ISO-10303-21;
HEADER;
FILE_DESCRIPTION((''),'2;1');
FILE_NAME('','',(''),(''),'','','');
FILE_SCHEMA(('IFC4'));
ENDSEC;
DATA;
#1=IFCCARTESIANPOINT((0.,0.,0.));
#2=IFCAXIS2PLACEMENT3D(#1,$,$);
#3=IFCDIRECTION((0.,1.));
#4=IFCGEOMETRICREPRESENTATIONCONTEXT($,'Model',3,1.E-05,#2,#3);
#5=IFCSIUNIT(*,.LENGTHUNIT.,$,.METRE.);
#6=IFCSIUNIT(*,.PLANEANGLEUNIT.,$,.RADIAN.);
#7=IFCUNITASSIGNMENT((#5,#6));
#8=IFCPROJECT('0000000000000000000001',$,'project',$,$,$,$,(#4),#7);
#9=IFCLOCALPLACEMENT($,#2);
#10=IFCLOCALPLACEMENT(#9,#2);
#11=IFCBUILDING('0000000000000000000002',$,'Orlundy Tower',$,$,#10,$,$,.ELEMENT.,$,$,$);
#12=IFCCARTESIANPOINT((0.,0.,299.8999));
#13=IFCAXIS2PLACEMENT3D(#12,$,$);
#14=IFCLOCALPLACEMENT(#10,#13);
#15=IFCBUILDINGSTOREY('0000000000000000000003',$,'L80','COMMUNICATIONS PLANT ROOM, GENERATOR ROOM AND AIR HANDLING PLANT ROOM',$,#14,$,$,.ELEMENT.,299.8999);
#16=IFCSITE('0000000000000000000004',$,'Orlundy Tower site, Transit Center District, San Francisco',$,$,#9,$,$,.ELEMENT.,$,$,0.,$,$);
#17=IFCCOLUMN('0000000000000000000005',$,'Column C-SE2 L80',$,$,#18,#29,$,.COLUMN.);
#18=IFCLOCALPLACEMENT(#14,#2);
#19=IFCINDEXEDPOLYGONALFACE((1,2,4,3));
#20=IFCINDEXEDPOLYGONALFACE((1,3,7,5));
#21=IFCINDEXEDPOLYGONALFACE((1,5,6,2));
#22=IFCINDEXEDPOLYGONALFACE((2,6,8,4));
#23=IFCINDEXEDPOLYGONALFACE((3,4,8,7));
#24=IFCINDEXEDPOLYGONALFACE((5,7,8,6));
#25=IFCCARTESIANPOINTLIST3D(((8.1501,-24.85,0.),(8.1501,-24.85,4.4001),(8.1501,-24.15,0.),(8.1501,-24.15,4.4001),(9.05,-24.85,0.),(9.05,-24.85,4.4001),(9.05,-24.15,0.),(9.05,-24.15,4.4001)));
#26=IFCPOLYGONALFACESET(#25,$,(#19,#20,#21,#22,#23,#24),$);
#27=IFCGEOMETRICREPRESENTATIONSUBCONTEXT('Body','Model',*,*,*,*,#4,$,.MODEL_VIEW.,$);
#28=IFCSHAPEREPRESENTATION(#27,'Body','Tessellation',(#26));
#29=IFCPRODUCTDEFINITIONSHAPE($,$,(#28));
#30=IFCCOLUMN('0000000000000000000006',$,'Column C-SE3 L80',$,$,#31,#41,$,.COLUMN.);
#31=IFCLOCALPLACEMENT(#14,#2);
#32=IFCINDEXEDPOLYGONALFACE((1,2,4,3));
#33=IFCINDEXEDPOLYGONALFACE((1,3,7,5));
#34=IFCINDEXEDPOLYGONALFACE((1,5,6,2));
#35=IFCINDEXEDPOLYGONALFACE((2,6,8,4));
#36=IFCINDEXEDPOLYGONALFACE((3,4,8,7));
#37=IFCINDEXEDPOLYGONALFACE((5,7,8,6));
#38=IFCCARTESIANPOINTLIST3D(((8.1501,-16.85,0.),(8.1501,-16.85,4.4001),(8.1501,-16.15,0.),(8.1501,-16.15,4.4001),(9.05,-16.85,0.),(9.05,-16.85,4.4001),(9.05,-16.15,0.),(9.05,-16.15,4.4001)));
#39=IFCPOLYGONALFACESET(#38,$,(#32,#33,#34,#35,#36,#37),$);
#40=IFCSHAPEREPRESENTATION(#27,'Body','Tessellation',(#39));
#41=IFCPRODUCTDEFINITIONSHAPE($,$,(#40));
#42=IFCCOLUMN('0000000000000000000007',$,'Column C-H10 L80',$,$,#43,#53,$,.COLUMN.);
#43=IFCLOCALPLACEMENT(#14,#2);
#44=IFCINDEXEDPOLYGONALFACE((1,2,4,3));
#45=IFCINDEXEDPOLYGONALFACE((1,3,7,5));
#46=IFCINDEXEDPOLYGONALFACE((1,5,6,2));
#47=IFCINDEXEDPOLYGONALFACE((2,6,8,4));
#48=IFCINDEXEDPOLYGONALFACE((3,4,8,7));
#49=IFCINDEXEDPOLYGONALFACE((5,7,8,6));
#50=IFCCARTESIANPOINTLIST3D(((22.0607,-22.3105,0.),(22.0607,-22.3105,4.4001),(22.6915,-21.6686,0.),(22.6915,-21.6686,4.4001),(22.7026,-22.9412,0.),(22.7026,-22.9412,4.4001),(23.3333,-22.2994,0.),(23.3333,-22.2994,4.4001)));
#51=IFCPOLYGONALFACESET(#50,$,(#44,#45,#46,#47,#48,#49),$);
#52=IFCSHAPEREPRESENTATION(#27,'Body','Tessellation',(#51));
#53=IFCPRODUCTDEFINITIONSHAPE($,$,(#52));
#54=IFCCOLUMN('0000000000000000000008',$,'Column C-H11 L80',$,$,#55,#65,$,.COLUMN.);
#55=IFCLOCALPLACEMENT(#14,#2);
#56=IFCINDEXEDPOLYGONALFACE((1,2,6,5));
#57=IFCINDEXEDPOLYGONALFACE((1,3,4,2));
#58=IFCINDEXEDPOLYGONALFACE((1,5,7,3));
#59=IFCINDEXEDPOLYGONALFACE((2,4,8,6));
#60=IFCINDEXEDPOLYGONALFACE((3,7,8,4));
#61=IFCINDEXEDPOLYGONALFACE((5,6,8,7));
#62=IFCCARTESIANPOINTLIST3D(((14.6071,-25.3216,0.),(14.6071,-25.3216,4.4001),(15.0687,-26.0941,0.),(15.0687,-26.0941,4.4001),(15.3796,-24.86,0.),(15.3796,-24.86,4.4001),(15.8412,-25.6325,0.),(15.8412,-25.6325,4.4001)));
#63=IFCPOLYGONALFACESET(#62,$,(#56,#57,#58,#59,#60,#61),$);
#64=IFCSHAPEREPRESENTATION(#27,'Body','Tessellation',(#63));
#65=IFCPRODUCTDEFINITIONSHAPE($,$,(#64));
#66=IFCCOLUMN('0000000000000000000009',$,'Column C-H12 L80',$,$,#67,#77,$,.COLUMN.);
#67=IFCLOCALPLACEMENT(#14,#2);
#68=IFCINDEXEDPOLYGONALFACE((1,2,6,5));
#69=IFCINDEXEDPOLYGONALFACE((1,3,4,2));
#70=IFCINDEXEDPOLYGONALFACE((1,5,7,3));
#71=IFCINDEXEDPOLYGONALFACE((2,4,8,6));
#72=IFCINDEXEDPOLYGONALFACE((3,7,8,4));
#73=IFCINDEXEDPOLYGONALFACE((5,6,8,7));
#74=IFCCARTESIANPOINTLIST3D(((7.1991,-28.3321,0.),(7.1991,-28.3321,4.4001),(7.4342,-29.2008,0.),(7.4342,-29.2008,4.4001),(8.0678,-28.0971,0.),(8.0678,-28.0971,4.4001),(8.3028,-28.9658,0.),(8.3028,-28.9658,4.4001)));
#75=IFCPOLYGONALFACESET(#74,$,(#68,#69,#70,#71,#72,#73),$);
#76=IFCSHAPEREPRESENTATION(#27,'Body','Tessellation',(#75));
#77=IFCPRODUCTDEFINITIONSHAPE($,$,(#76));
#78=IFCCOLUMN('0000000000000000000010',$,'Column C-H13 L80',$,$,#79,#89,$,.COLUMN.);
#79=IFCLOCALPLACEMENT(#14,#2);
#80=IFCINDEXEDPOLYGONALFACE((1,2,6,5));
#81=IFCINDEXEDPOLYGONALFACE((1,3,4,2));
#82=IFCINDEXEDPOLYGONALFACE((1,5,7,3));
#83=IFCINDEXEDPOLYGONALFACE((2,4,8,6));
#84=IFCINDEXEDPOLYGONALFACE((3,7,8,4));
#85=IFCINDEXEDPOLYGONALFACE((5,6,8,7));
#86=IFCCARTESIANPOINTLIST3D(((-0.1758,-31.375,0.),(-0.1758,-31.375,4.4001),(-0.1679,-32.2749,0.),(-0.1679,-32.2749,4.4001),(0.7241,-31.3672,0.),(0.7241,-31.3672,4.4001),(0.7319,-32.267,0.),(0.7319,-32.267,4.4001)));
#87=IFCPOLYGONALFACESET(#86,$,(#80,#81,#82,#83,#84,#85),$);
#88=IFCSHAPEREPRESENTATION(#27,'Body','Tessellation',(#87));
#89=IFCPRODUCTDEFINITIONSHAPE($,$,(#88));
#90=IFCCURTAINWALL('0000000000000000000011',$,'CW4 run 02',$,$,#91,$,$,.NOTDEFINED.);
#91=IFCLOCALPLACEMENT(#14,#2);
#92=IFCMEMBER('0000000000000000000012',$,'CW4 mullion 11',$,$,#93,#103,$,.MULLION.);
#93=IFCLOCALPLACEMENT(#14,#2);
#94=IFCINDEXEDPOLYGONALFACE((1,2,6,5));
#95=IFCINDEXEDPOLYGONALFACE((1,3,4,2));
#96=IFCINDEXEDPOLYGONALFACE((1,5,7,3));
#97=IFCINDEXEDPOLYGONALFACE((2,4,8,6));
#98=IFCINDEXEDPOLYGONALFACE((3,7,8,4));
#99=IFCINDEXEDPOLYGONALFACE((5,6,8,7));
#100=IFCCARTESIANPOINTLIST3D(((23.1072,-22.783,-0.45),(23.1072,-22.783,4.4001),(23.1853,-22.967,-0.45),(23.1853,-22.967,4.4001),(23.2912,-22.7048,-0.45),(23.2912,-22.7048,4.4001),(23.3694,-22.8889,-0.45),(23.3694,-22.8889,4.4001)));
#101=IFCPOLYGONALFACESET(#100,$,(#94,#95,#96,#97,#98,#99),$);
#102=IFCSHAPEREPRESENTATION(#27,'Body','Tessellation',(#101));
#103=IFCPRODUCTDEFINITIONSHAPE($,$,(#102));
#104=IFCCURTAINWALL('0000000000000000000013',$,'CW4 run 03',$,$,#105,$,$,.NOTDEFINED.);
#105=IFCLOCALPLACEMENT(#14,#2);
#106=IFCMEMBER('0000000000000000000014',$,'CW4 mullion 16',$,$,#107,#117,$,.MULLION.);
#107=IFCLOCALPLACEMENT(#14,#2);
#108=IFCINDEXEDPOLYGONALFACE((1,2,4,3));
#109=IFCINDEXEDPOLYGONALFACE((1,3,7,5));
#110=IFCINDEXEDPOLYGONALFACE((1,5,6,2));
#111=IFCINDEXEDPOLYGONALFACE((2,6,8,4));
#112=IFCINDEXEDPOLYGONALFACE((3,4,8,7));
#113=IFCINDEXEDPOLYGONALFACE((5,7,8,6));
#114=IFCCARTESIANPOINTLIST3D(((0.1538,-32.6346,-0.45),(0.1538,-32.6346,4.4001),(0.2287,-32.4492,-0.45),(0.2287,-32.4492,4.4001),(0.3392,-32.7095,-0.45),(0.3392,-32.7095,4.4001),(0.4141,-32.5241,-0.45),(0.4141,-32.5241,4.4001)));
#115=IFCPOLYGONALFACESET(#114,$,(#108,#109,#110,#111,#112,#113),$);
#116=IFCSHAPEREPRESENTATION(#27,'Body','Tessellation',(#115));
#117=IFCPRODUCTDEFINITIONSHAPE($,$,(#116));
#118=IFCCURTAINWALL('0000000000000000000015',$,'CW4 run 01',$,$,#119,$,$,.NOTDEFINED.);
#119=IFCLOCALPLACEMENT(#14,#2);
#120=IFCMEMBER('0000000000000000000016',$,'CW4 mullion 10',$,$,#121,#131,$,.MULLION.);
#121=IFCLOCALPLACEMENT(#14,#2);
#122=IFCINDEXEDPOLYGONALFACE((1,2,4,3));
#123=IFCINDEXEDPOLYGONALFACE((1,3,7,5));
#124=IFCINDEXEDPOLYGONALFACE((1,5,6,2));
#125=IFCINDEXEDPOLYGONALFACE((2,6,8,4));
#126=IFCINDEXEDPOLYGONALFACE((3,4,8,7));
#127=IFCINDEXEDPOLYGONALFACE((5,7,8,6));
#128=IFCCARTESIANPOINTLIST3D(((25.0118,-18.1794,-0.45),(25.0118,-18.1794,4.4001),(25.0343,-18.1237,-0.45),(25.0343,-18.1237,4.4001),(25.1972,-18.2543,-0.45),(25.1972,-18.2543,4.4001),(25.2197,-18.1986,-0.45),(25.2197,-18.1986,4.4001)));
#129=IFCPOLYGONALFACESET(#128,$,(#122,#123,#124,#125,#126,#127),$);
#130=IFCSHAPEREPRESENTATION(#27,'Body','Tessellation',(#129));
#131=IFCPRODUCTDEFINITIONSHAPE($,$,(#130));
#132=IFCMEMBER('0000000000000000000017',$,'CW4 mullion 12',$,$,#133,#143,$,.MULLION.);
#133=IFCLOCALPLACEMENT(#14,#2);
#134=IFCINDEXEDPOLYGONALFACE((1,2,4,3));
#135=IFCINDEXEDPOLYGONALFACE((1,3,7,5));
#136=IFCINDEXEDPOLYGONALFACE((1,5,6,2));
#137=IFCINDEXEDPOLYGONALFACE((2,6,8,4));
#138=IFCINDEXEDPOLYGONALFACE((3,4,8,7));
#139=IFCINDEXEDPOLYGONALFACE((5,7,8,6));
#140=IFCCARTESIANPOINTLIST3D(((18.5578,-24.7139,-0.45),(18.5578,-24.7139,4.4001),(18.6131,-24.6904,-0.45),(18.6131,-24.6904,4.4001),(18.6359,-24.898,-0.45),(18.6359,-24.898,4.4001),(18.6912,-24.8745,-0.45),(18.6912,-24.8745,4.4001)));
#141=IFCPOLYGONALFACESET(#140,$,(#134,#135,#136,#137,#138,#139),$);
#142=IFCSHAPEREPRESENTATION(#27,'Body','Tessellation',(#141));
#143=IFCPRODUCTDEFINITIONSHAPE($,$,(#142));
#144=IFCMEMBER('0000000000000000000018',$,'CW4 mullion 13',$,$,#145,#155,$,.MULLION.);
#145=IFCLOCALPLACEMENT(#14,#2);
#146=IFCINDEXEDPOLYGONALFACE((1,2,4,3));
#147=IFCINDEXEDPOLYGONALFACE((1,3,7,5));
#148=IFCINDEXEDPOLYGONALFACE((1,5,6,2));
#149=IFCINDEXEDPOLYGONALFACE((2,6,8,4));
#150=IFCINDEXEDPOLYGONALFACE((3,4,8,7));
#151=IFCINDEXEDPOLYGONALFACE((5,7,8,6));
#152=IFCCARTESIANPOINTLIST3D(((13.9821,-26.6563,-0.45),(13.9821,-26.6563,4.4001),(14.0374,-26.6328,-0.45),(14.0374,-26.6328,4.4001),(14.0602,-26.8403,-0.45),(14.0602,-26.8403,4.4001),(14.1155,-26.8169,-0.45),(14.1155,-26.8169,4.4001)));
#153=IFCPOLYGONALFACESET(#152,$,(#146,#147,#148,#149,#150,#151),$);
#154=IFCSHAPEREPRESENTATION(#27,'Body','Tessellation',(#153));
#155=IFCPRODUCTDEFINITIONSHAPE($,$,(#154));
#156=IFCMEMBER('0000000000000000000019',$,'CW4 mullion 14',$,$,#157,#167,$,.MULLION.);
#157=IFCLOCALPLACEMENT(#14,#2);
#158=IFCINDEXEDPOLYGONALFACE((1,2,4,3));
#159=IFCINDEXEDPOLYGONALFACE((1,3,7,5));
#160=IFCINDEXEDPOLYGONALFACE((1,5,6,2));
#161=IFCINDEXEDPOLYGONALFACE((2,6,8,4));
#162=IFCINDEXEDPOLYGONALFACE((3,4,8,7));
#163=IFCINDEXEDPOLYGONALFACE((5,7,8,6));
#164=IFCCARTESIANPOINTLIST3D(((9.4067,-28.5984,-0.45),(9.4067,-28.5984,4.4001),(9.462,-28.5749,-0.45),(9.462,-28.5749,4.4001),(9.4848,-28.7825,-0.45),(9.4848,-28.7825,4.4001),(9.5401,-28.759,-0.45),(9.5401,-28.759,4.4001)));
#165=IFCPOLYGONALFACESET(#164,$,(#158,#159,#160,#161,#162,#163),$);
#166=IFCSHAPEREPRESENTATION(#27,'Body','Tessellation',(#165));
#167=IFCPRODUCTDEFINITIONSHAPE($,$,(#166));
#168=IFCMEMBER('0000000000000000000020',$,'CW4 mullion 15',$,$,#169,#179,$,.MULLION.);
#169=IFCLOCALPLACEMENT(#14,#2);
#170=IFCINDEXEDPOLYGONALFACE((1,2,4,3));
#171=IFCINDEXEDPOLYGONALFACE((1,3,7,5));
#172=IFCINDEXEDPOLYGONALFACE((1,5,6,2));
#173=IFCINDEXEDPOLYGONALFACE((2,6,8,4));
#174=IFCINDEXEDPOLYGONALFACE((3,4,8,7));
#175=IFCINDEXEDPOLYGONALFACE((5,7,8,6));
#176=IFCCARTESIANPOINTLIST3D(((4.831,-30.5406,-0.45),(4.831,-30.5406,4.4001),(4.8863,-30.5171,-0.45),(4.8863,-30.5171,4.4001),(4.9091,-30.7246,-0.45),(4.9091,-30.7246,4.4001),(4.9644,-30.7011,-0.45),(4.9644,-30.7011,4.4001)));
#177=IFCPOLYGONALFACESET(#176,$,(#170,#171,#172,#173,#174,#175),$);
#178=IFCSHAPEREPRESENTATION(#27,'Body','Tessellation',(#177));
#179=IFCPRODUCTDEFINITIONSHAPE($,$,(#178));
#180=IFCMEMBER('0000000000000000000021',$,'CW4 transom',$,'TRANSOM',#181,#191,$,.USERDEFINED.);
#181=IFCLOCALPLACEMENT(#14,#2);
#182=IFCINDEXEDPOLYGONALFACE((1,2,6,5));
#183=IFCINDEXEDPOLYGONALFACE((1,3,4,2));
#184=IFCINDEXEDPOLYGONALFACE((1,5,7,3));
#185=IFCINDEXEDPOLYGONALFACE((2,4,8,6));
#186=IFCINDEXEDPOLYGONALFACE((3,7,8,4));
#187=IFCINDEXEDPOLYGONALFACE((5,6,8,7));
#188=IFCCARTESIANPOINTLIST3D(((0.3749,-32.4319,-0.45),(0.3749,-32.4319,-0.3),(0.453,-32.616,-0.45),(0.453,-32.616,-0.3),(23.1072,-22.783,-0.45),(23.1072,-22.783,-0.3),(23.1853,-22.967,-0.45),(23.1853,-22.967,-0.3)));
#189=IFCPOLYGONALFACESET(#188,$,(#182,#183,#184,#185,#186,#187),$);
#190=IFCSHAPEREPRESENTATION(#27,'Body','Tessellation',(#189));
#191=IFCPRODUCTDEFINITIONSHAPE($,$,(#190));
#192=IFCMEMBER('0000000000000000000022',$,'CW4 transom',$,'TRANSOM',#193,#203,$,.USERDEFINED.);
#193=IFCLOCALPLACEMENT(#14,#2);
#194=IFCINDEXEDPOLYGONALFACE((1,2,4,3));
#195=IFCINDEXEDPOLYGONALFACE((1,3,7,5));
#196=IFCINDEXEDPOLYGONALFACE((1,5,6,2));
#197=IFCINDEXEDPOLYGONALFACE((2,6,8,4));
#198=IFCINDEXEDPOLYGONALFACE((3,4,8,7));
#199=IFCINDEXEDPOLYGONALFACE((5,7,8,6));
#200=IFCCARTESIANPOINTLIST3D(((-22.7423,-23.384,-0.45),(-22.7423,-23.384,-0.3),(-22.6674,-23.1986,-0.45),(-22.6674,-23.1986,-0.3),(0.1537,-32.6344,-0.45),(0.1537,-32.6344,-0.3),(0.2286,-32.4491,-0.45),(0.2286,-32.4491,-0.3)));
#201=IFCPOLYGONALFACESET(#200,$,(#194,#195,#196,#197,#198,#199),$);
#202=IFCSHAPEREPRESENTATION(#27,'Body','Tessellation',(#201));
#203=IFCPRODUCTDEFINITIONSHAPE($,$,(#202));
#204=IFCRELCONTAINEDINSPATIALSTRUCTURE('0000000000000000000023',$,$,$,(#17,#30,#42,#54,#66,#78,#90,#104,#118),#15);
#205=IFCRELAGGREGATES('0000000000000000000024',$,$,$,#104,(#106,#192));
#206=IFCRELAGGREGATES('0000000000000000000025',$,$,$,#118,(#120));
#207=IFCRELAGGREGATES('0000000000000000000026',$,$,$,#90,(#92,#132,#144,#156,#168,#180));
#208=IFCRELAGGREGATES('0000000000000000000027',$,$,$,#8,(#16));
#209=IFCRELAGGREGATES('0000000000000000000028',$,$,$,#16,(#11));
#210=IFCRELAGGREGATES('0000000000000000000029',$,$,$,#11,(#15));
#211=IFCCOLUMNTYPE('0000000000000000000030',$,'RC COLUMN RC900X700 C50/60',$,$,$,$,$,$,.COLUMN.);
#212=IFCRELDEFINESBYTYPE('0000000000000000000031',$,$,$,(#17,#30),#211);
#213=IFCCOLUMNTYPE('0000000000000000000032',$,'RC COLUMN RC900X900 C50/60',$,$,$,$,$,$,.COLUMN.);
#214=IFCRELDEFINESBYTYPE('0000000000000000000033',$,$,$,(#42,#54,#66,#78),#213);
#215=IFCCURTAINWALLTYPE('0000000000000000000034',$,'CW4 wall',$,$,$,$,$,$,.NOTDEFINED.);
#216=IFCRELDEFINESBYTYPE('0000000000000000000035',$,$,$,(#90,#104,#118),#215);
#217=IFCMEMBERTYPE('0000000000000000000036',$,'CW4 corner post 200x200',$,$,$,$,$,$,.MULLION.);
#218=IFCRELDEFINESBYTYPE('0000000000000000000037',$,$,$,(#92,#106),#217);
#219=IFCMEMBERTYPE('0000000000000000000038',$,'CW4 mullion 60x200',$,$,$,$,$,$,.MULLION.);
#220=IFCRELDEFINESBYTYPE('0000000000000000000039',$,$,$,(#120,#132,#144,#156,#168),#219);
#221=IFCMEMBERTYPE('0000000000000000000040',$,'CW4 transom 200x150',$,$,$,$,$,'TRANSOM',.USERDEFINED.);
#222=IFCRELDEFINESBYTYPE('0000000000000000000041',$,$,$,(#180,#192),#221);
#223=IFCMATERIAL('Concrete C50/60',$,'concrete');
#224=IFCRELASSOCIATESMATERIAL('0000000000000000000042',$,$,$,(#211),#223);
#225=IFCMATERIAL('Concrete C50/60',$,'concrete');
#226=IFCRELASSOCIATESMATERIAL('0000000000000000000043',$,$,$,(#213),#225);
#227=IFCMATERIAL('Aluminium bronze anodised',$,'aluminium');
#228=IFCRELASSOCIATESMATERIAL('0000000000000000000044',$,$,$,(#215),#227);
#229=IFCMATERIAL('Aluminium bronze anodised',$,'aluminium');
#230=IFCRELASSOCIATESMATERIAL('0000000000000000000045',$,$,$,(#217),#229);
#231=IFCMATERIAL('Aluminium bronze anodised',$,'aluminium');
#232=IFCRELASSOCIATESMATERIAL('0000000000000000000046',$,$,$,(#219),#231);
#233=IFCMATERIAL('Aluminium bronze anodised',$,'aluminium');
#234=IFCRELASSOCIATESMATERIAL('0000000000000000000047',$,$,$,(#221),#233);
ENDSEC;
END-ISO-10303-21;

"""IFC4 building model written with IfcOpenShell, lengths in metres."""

from ifc_helpers import new_model, si_unit, direction, frame, origin, origin_2d, place, context, subcontext, project, spatial, rectangle, extrude, material, material_profile, profile_set, type_object, element, aggregate, save


model = new_model("IFC4")

# Units and contexts
model_context = context("Model", 3, precision=1e-05, world=origin(), true_north=direction((0.0, 1.0)))
body_context = subcontext(model_context, "Body", "Model", "MODEL_VIEW")
ifc_project = project(units=[si_unit("LENGTHUNIT", "METRE"), si_unit("PLANEANGLEUNIT", "RADIAN")], contexts=[model_context])

# Site, building, storey
site_placement = place(None, origin())
site = spatial("IfcSite", under=ifc_project, at=site_placement, Name="Orlundy Tower site, Transit Center District, San Francisco", CompositionType="ELEMENT", RefElevation=0.0)
building_placement = place(site_placement, origin())
building = spatial("IfcBuilding", under=site, at=building_placement, Name="Orlundy Tower", CompositionType="ELEMENT")
storey_placement = place(building_placement, frame((0.0, 0.0, 299.8999)))
storey = spatial("IfcBuildingStorey", under=building, at=storey_placement, Name="L80", Description="COMMUNICATIONS PLANT ROOM, GENERATOR ROOM AND AIR HANDLING PLANT ROOM", CompositionType="ELEMENT", Elevation=299.8999)

# Columns
ifc_material_1 = material(Name="Concrete C50/60", Category="concrete")
ifc_material_profile_1 = material_profile(ifc_material_1, rectangle(XDim=0.8999, YDim=0.7, at=origin_2d()), Name="RC900X700")
ifc_profile_set_1 = profile_set([ifc_material_profile_1], Name="Concrete C50/60")
column_type_1 = type_object("IfcColumnType", Name="RC COLUMN RC900X700 C50/60", PredefinedType="COLUMN", material=ifc_profile_set_1)
for number, where, z_axis, x_axis, name in (
    (1, (8.6001, -24.5, 0.0), (0.0, 0.0, 1.0), (1.0, 0.0, 0.0), "Column C-SE2 L80"),
    (2, (8.6001, -16.5, 0.0), (0.0, 0.0, 1.0), (1.0, 0.0, 0.0), "Column C-SE3 L80"),
):
    element("IfcColumn", number, at=place(storey_placement, frame(where, z_axis=z_axis, x_axis=x_axis)), inside=storey, type_object=column_type_1, Name=name, PredefinedType="COLUMN", context=body_context, shape_type="SweptSolid", body=[
        extrude(rectangle(XDim=0.8999, YDim=0.7, at=origin_2d()), origin(), (0.0, 0.0, 1.0), 4.4001),
    ])
ifc_material_2 = material(Name="Concrete C50/60", Category="concrete")
ifc_material_profile_2 = material_profile(ifc_material_2, rectangle(XDim=0.8999, YDim=0.8999, at=origin_2d()), Name="RC900X900")
ifc_profile_set_2 = profile_set([ifc_material_profile_2], Name="Concrete C50/60")
column_type_2 = type_object("IfcColumnType", Name="RC COLUMN RC900X900 C50/60", PredefinedType="COLUMN", material=ifc_profile_set_2)
for number, where, z_axis, x_axis, name in (
    (3, (22.697, -22.3049, 0.0), (0.0, 0.0, 1.0), (0.713238, -0.700922, 0.0), "Column C-H10 L80"),
    (4, (15.2241, -25.4771, 0.0), (0.0, 0.0, 1.0), (0.512957, -0.858414, 0.0), "Column C-H11 L80"),
    (5, (7.751, -28.6489, 0.0), (0.0, 0.0, 1.0), (0.261162, -0.965295, 0.0), "Column C-H12 L80"),
    (6, (0.2781, -31.821, 0.0), (0.0, 0.0, 1.0), (0.008744, -0.999962, 0.0), "Column C-H13 L80"),
):
    element("IfcColumn", number, at=place(storey_placement, frame(where, z_axis=z_axis, x_axis=x_axis)), inside=storey, type_object=column_type_2, Name=name, PredefinedType="COLUMN", context=body_context, shape_type="SweptSolid", body=[
        extrude(rectangle(XDim=0.8999, YDim=0.8999, at=origin_2d()), origin(), (0.0, 0.0, 1.0), 4.4001),
    ])

# Curtain walls, members
ifc_material_3 = material(Name="Aluminium bronze anodised", Category="aluminium")
curtain_wall_type = type_object("IfcCurtainWallType", Name="CW4 wall", PredefinedType="NOTDEFINED", material=ifc_material_3)
curtain_wall_1_placement = place(storey_placement, origin())
curtain_wall_1 = element("IfcCurtainWall", 7, at=curtain_wall_1_placement, inside=storey, type_object=curtain_wall_type, Name="CW4 run 02", PredefinedType="NOTDEFINED")
ifc_material_4 = material(Name="Aluminium bronze anodised", Category="aluminium")
ifc_material_profile_3 = material_profile(ifc_material_4, rectangle(XDim=0.2, YDim=0.2, at=origin_2d()), Name="CW4 corner post 200x200")
ifc_profile_set_3 = profile_set([ifc_material_profile_3], Name="Aluminium bronze anodised")
member_type_1 = type_object("IfcMemberType", Name="CW4 corner post 200x200", PredefinedType="MULLION", material=ifc_profile_set_3)
member_1_placement = place(storey_placement, frame((23.2383, -22.8359, -0.45), z_axis=(0.0, 0.0, 1.0), x_axis=(0.390727, -0.920507, 0.0)))
member_1 = element("IfcMember", 8, at=member_1_placement, type_object=member_type_1, Name="CW4 mullion 11", PredefinedType="MULLION", context=body_context, shape_type="SweptSolid", body=[
    extrude(rectangle(XDim=0.2, YDim=0.2, at=origin_2d()), origin(), (0.0, 0.0, 1.0), 4.8501),
])
curtain_wall_2_placement = place(storey_placement, origin())
curtain_wall_2 = element("IfcCurtainWall", 9, at=curtain_wall_2_placement, inside=storey, type_object=curtain_wall_type, Name="CW4 run 03", PredefinedType="NOTDEFINED")
member_2_placement = place(storey_placement, frame((0.2839, -32.5793, -0.45), z_axis=(0.0, 0.0, 1.0), x_axis=(-0.374607, -0.927184, 0.0)))
member_2 = element("IfcMember", 10, at=member_2_placement, type_object=member_type_1, Name="CW4 mullion 16", PredefinedType="MULLION", context=body_context, shape_type="SweptSolid", body=[
    extrude(rectangle(XDim=0.2, YDim=0.2, at=origin_2d()), origin(), (0.0, 0.0, 1.0), 4.8501),
])
curtain_wall_3_placement = place(storey_placement, origin())
curtain_wall_3 = element("IfcCurtainWall", 11, at=curtain_wall_3_placement, inside=storey, type_object=curtain_wall_type, Name="CW4 run 01", PredefinedType="NOTDEFINED")
ifc_material_5 = material(Name="Aluminium bronze anodised", Category="aluminium")
ifc_material_profile_4 = material_profile(ifc_material_5, rectangle(XDim=0.2, YDim=0.0601, at=origin_2d()), Name="CW4 mullion 60x200")
ifc_profile_set_4 = profile_set([ifc_material_profile_4], Name="Aluminium bronze anodised")
member_type_2 = type_object("IfcMemberType", Name="CW4 mullion 60x200", PredefinedType="MULLION", material=ifc_profile_set_4)
member_3_placement = place(storey_placement, frame((25.1157, -18.189, -0.45), z_axis=(0.0, 0.0, 1.0), x_axis=(0.927184, -0.374607, 0.0)))
member_3 = element("IfcMember", 12, at=member_3_placement, type_object=member_type_2, Name="CW4 mullion 10", PredefinedType="MULLION", context=body_context, shape_type="SweptSolid", body=[
    extrude(rectangle(XDim=0.2, YDim=0.0601, at=origin_2d()), origin(), (0.0, 0.0, 1.0), 4.8501),
])

# Members
member_4_placement = place(storey_placement, frame((18.6245, -24.7942, -0.45), z_axis=(0.0, 0.0, 1.0), x_axis=(0.390727, -0.920507, 0.0)))
member_4 = element("IfcMember", 13, at=member_4_placement, type_object=member_type_2, Name="CW4 mullion 12", PredefinedType="MULLION", context=body_context, shape_type="SweptSolid", body=[
    extrude(rectangle(XDim=0.2, YDim=0.0601, at=origin_2d()), origin(), (0.0, 0.0, 1.0), 4.8501),
])
member_5_placement = place(storey_placement, frame((14.0488, -26.7366, -0.45), z_axis=(0.0, 0.0, 1.0), x_axis=(0.390727, -0.920507, 0.0)))
member_5 = element("IfcMember", 14, at=member_5_placement, type_object=member_type_2, Name="CW4 mullion 13", PredefinedType="MULLION", context=body_context, shape_type="SweptSolid", body=[
    extrude(rectangle(XDim=0.2, YDim=0.0601, at=origin_2d()), origin(), (0.0, 0.0, 1.0), 4.8501),
])
member_6_placement = place(storey_placement, frame((9.4734, -28.6787, -0.45), z_axis=(0.0, 0.0, 1.0), x_axis=(0.390727, -0.920507, 0.0)))
member_6 = element("IfcMember", 15, at=member_6_placement, type_object=member_type_2, Name="CW4 mullion 14", PredefinedType="MULLION", context=body_context, shape_type="SweptSolid", body=[
    extrude(rectangle(XDim=0.2, YDim=0.0601, at=origin_2d()), origin(), (0.0, 0.0, 1.0), 4.8501),
])
member_7_placement = place(storey_placement, frame((4.8977, -30.6208, -0.45), z_axis=(0.0, 0.0, 1.0), x_axis=(0.390727, -0.920507, 0.0)))
member_7 = element("IfcMember", 16, at=member_7_placement, type_object=member_type_2, Name="CW4 mullion 15", PredefinedType="MULLION", context=body_context, shape_type="SweptSolid", body=[
    extrude(rectangle(XDim=0.2, YDim=0.0601, at=origin_2d()), origin(), (0.0, 0.0, 1.0), 4.8501),
])
ifc_material_6 = material(Name="Aluminium bronze anodised", Category="aluminium")
ifc_material_profile_5 = material_profile(ifc_material_6, rectangle(XDim=0.2, YDim=0.1499, at=origin_2d()), Name="CW4 transom 200x150")
ifc_profile_set_5 = profile_set([ifc_material_profile_5], Name="Aluminium bronze anodised")
member_type_3 = type_object("IfcMemberType", Name="CW4 transom 200x150", ElementType="TRANSOM", PredefinedType="USERDEFINED", material=ifc_profile_set_5)
member_8_placement = place(storey_placement, frame((23.1462, -22.875, -0.375), z_axis=(-0.920509, -0.39072, 0.0), x_axis=(0.39072, -0.920509, 0.0)))
member_8 = element("IfcMember", 17, at=member_8_placement, type_object=member_type_3, Name="CW4 transom", ObjectType="TRANSOM", PredefinedType="USERDEFINED", context=body_context, shape_type="SweptSolid", body=[
    extrude(rectangle(XDim=0.2, YDim=0.1499, at=origin_2d()), origin(), (0.0, 0.0, 1.0), 24.6953),
])
member_9_placement = place(storey_placement, frame((0.1912, -32.5417, -0.375), z_axis=(-0.927185, 0.374603, 0.0), x_axis=(-0.374603, -0.927185, 0.0)))
member_9 = element("IfcMember", 18, at=member_9_placement, type_object=member_type_3, Name="CW4 transom", ObjectType="TRANSOM", PredefinedType="USERDEFINED", context=body_context, shape_type="SweptSolid", body=[
    extrude(rectangle(XDim=0.2, YDim=0.1499, at=origin_2d()), origin(), (0.0, 0.0, 1.0), 24.6941),
])
aggregate(curtain_wall_2, [member_2, member_9])

aggregate(curtain_wall_3, [member_3])
aggregate(curtain_wall_1, [member_1, member_4, member_5, member_6, member_7, member_8])

save(model, "model.ifc")
